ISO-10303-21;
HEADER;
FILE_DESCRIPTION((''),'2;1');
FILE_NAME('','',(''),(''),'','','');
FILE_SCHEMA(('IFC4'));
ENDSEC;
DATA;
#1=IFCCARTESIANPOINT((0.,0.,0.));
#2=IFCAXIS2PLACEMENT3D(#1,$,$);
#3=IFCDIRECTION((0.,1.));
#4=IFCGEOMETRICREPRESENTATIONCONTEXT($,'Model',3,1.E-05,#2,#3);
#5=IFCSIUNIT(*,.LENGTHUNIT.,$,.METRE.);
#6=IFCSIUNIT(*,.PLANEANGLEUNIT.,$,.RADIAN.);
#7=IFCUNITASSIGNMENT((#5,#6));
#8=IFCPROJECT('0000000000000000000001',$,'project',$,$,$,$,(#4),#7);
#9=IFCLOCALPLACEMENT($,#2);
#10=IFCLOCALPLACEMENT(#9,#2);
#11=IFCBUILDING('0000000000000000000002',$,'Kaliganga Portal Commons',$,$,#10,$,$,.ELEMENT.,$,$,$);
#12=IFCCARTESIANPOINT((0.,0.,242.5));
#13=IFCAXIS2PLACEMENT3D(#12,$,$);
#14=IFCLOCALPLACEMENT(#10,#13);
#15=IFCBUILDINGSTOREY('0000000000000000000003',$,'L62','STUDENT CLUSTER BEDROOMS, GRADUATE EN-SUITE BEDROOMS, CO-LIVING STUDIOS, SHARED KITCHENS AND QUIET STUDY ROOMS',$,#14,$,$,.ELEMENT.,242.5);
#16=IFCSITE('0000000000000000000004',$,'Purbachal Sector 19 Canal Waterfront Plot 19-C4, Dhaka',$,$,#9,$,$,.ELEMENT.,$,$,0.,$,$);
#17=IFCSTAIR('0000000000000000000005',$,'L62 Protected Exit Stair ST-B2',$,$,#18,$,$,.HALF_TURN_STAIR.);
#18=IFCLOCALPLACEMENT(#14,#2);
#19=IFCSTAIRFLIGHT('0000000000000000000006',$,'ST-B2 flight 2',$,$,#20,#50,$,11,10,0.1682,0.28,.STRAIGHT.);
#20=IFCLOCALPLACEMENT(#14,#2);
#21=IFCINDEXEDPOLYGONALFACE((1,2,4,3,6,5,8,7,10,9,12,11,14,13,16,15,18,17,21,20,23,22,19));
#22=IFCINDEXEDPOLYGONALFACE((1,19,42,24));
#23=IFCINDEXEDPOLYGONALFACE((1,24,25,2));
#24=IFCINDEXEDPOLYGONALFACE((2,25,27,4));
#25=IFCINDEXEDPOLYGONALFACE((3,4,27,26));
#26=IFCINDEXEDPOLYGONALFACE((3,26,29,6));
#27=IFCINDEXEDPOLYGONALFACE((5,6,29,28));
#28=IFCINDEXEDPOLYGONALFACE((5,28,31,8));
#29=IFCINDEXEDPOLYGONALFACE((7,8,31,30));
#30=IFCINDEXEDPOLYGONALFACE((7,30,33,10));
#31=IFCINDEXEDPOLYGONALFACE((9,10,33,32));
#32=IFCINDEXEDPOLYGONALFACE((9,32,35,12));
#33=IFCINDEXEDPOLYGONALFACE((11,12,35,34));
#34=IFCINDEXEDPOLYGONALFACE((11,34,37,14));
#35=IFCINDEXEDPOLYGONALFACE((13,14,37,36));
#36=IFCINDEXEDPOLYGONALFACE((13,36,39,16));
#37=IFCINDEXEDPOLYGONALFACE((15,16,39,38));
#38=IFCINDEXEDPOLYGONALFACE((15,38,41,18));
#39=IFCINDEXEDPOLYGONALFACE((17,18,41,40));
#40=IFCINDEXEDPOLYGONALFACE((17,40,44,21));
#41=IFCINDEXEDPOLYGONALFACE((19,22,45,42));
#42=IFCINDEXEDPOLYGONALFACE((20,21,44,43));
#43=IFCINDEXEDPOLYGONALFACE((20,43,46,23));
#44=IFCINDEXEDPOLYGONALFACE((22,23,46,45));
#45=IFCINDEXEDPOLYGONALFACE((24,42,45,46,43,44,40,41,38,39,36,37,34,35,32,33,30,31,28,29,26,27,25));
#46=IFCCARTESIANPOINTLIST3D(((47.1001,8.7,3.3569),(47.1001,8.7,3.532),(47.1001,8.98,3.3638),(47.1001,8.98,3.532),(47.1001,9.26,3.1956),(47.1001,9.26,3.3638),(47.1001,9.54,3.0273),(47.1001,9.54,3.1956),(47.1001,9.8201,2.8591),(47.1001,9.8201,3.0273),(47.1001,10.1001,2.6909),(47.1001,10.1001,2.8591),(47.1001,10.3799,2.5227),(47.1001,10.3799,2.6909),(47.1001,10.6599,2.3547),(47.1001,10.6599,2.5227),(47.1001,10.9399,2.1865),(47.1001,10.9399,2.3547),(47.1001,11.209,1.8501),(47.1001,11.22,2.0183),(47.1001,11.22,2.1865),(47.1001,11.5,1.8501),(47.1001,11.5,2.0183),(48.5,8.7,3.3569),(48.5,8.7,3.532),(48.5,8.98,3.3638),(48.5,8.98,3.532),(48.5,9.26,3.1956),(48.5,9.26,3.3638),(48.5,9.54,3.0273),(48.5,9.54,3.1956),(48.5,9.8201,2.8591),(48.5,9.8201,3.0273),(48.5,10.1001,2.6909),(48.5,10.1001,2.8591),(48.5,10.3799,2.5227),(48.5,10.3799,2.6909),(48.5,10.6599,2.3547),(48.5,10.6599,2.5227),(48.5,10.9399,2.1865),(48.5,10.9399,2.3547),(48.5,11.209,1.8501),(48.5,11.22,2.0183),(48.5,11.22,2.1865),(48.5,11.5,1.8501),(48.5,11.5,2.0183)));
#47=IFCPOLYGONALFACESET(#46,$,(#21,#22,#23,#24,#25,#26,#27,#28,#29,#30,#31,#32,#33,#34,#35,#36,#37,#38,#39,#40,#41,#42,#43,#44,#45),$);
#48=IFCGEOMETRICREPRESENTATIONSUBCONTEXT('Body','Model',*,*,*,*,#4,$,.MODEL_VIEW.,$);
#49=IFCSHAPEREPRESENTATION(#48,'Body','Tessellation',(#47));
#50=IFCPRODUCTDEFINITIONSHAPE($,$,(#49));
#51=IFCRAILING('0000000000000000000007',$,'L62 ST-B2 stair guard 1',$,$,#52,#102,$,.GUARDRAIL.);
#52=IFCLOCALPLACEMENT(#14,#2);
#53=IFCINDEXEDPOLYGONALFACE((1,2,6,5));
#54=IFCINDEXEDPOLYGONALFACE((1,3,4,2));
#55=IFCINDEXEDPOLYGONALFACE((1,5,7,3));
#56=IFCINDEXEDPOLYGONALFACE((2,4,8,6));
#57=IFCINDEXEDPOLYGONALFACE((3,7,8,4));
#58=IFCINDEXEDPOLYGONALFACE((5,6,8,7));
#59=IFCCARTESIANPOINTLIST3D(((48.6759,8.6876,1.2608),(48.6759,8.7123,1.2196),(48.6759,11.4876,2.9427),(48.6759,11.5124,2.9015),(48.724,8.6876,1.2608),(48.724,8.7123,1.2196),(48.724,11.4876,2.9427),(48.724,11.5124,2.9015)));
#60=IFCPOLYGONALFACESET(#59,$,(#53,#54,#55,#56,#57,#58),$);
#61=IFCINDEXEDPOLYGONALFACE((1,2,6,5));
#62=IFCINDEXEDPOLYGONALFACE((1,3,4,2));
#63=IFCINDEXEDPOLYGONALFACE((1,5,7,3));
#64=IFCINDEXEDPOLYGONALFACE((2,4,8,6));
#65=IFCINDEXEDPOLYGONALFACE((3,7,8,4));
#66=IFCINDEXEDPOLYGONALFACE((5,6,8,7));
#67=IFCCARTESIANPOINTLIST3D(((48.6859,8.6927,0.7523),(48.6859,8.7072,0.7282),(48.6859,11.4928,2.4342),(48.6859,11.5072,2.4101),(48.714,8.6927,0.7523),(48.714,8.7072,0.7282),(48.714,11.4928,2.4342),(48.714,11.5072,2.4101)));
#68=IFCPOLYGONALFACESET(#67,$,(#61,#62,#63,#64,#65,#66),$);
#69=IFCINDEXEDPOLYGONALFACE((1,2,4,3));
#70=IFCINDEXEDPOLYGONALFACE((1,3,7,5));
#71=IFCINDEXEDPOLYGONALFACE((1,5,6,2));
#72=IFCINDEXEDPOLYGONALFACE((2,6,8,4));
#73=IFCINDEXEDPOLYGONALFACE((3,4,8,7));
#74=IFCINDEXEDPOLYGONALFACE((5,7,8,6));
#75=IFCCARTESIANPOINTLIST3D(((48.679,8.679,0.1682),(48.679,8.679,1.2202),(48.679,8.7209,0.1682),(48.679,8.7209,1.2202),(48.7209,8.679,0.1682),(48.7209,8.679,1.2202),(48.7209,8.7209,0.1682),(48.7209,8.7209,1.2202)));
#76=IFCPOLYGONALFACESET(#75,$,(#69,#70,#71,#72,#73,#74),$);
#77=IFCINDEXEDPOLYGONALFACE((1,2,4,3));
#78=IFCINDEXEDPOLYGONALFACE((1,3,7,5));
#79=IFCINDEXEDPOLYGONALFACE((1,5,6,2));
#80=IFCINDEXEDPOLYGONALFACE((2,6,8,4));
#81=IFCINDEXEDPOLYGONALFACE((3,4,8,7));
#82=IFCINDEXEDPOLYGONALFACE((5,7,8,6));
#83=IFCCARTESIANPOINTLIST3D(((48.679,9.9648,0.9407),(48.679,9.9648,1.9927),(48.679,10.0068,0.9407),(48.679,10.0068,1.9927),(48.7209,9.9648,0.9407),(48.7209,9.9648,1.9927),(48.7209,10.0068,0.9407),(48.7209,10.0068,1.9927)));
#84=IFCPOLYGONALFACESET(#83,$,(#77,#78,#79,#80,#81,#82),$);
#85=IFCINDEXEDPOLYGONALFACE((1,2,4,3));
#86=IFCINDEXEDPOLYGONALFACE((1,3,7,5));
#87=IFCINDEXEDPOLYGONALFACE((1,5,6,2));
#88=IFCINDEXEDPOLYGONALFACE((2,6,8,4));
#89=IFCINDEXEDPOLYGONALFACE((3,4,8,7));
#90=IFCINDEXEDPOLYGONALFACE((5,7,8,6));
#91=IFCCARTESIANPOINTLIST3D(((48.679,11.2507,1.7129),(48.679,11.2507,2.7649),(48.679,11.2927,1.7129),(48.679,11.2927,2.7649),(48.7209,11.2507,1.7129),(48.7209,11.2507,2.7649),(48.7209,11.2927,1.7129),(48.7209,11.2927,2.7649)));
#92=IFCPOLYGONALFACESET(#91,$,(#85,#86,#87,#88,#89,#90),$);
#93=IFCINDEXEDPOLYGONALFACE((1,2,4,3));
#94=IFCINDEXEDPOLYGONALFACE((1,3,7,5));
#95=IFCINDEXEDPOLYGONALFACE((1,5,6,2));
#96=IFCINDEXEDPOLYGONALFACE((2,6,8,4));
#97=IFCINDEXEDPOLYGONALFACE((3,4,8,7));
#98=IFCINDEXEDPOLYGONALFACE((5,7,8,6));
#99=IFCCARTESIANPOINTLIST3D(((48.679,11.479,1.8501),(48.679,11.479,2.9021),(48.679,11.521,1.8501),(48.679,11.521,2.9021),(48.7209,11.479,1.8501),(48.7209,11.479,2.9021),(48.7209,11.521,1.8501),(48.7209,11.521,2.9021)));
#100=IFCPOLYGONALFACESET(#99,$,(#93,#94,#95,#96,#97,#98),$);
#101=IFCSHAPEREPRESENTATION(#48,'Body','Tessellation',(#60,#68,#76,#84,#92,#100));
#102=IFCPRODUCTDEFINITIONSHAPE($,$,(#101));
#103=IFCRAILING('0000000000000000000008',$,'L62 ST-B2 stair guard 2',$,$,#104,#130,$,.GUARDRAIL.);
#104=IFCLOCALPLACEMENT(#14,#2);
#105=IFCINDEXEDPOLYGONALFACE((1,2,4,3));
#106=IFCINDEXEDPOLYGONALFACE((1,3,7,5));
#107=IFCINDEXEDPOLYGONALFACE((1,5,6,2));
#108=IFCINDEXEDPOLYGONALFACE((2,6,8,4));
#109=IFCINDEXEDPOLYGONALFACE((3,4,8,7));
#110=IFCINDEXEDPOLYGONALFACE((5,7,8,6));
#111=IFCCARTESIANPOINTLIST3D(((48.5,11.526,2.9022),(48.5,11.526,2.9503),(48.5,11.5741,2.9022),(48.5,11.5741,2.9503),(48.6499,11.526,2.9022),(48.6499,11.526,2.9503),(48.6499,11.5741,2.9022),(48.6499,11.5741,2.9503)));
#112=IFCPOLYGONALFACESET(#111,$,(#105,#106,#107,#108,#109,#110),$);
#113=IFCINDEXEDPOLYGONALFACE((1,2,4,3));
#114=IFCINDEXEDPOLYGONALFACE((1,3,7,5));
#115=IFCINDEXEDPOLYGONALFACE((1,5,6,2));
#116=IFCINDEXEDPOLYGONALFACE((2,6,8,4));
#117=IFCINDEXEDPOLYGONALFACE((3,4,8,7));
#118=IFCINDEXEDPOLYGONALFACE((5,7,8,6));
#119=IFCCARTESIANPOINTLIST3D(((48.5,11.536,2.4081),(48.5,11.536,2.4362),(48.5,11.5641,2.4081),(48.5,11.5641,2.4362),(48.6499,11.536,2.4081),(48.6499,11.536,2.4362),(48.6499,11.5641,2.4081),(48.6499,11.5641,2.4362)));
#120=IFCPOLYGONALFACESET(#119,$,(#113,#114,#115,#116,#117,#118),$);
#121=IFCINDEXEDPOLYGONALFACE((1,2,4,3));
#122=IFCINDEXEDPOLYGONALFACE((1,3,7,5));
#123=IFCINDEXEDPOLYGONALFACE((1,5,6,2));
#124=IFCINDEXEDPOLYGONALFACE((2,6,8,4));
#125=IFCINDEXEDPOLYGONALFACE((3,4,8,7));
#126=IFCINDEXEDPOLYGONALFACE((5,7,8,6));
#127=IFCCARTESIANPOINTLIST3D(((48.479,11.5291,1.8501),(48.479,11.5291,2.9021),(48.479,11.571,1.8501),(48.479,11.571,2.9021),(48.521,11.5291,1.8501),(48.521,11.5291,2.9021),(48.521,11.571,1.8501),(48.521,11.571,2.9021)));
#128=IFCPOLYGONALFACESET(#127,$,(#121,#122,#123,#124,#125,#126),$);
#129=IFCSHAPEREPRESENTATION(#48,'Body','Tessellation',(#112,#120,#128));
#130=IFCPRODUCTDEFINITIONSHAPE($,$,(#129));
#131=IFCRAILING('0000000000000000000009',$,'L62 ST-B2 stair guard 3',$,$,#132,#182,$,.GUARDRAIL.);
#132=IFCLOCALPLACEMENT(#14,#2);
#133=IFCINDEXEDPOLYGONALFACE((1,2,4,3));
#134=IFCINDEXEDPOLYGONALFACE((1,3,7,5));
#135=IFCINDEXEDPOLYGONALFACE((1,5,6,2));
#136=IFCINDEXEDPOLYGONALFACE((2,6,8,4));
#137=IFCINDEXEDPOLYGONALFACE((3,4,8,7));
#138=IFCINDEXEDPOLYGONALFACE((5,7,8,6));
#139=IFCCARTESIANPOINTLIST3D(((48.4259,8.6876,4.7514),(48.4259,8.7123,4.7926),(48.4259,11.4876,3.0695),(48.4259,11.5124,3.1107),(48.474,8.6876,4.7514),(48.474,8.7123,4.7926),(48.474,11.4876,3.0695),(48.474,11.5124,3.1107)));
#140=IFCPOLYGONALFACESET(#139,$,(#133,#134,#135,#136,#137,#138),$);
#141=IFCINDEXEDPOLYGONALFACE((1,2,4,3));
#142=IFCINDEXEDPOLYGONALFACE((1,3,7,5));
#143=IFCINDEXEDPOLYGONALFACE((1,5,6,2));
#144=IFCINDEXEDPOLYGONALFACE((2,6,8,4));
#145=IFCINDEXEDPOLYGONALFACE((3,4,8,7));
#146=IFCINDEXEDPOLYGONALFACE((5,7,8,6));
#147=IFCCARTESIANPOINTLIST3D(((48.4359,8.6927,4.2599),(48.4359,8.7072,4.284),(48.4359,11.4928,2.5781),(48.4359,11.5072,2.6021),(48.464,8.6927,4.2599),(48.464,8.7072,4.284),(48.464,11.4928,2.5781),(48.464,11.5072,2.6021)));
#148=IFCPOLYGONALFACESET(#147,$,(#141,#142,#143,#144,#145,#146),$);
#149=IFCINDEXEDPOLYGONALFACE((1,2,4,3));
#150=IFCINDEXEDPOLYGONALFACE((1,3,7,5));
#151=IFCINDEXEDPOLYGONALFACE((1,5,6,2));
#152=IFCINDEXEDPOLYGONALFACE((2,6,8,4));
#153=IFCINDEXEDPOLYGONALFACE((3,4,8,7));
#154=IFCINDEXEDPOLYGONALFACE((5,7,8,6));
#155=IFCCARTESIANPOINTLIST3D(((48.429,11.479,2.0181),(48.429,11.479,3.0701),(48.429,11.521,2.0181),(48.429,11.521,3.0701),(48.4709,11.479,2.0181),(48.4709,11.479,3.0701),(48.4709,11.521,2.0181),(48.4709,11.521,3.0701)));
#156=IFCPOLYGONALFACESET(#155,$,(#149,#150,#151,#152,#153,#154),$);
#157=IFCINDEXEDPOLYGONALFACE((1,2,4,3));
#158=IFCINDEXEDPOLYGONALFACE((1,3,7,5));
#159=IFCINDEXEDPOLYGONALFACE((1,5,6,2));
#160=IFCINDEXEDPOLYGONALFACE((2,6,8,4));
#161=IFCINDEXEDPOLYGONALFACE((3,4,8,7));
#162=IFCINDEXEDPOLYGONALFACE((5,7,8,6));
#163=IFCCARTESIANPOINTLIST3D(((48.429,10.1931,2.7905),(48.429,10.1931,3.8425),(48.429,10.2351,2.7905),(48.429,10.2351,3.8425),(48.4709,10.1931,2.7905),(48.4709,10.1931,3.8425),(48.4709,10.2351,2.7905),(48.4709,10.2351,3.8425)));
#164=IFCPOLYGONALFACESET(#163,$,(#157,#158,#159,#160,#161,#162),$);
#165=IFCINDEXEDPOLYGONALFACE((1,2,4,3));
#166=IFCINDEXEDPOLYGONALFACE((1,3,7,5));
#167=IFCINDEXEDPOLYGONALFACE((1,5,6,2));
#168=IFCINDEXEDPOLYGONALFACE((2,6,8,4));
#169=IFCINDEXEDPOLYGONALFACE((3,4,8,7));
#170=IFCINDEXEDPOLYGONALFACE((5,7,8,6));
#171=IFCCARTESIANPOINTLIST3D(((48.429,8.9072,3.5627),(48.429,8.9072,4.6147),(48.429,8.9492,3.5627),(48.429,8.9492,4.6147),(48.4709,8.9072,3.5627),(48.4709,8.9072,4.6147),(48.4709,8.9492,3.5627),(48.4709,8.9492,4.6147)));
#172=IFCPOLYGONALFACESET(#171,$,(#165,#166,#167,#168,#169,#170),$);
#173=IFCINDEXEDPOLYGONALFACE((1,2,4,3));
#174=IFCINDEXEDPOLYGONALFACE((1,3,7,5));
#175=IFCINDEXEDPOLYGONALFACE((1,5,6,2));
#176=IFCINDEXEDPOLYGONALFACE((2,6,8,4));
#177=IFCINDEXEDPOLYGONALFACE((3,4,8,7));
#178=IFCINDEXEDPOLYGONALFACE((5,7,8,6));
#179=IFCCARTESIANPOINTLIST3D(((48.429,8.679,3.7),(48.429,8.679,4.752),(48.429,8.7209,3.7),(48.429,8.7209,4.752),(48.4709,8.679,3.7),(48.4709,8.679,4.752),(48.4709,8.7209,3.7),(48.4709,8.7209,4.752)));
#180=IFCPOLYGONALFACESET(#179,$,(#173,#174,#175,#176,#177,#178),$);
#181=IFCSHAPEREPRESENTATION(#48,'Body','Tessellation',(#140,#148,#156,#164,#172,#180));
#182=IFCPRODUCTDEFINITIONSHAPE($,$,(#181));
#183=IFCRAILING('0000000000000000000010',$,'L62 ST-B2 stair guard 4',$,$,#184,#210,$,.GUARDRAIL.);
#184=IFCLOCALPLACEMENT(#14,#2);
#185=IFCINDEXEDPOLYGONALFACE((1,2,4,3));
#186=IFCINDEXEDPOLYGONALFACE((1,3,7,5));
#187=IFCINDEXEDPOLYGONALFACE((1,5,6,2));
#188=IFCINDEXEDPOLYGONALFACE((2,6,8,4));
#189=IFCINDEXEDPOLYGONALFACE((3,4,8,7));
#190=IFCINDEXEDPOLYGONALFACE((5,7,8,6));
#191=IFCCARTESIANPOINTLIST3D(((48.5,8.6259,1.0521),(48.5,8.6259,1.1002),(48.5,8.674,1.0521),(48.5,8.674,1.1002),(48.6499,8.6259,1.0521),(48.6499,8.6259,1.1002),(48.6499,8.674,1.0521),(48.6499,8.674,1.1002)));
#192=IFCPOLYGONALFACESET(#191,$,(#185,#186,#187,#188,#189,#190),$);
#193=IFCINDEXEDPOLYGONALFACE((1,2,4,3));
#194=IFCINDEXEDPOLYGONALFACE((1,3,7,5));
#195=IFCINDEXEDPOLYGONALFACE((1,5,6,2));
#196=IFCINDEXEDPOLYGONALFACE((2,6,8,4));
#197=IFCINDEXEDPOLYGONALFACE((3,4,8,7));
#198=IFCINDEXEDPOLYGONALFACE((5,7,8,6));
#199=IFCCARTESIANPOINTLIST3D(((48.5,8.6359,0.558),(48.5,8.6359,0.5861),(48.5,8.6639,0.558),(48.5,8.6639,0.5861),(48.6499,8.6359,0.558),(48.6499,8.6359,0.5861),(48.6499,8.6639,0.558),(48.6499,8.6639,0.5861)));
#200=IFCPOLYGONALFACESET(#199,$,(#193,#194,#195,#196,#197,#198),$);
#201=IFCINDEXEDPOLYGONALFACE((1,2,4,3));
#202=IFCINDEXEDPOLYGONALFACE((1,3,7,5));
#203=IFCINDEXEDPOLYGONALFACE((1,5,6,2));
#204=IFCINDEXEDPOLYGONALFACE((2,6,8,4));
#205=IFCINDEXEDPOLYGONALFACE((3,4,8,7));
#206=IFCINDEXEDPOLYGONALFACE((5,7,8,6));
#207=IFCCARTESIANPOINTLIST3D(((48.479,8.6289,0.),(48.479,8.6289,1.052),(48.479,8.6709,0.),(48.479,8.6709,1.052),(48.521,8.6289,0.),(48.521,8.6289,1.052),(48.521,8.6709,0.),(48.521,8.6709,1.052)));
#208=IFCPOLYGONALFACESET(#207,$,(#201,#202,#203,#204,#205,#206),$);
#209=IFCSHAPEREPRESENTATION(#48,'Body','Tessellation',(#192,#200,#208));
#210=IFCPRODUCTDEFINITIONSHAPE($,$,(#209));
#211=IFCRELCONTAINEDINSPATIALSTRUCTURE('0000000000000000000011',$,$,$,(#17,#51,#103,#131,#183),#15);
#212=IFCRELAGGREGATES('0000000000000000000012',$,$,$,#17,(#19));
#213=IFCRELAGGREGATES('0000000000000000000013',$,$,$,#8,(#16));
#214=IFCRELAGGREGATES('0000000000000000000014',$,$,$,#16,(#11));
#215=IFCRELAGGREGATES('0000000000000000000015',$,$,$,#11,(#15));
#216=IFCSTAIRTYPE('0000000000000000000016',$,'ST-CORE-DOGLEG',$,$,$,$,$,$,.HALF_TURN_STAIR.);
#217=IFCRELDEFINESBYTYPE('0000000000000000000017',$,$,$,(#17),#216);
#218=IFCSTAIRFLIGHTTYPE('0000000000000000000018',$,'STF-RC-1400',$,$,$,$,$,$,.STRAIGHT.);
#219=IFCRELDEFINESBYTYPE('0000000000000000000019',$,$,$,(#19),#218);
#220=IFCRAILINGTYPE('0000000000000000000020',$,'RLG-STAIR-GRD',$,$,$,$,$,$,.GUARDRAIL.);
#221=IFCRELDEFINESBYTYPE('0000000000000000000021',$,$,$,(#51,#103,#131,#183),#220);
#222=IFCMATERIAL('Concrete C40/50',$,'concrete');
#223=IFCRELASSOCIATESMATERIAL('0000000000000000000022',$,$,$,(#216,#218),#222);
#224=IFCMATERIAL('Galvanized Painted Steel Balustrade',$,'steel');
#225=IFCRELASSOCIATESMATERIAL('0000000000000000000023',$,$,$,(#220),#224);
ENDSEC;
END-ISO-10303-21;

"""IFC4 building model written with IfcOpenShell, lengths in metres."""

from ifc_helpers import new_model, si_unit, direction, frame, origin, origin_2d, place, context, subcontext, project, spatial, polyline, rectangle, outline, extrude, material, type_object, element, aggregate, save


model = new_model("IFC4")

# Units and contexts
model_context = context("Model", 3, precision=1e-05, world=origin(), true_north=direction((0.0, 1.0)))
body_context = subcontext(model_context, "Body", "Model", "MODEL_VIEW")
ifc_project = project(units=[si_unit("LENGTHUNIT", "METRE"), si_unit("PLANEANGLEUNIT", "RADIAN")], contexts=[model_context])

# Site, building, storey
site_placement = place(None, origin())
site = spatial("IfcSite", under=ifc_project, at=site_placement, Name="Purbachal Sector 19 Canal Waterfront Plot 19-C4, Dhaka", CompositionType="ELEMENT", RefElevation=0.0)
building_placement = place(site_placement, origin())
building = spatial("IfcBuilding", under=site, at=building_placement, Name="Kaliganga Portal Commons", CompositionType="ELEMENT")
storey_placement = place(building_placement, frame((0.0, 0.0, 242.5)))
storey = spatial("IfcBuildingStorey", under=building, at=storey_placement, Name="L62", Description="STUDENT CLUSTER BEDROOMS, GRADUATE EN-SUITE BEDROOMS, CO-LIVING STUDIOS, SHARED KITCHENS AND QUIET STUDY ROOMS", CompositionType="ELEMENT", Elevation=242.5)

# Stair, stair flight
ifc_material_1 = material(Name="Concrete C40/50", Category="concrete")
stair_type = type_object("IfcStairType", Name="ST-CORE-DOGLEG", PredefinedType="HALF_TURN_STAIR", material=ifc_material_1)
stair_placement = place(storey_placement, origin())
stair = element("IfcStair", 1, at=stair_placement, inside=storey, type_object=stair_type, Name="L62 Protected Exit Stair ST-B2", PredefinedType="HALF_TURN_STAIR")
stair_flight_type = type_object("IfcStairFlightType", Name="STF-RC-1400", PredefinedType="STRAIGHT", material=ifc_material_1)
stair_flight_1_placement = place(storey_placement, frame((47.8, 11.5, 1.8501), z_axis=(0.0, 0.0, 1.0), x_axis=(0.0, -1.0, 0.0)))
stair_flight_1 = element("IfcStairFlight", 2, at=stair_flight_1_placement, type_object=stair_flight_type, Name="ST-B2 flight 2", NumberOfRisers=11, NumberOfTreads=10, PredefinedType="STRAIGHT", RiserHeight=0.1682, TreadLength=0.28, context=body_context, shape_type="SweptSolid", body=[
    extrude(outline(polyline([(0.0, 0.0), (0.0, 0.1682), (0.28, 0.1682), (0.28, 0.3364), (0.5601, 0.3364), (0.5601, 0.5046), (0.8401, 0.5046), (0.8401, 0.6726), (1.1201, 0.6726), (1.1201, 0.8408), (1.3999, 0.8408), (1.3999, 1.009), (1.6799, 1.009), (1.6799, 1.1772), (1.96, 1.1772), (1.96, 1.3455), (2.24, 1.3455), (2.24, 1.5137), (2.52, 1.5137), (2.52, 1.6819), (2.8, 1.6819), (2.8, 1.8501), (2.8, 1.5068), (0.291, 0.0), (0.0, 0.0)])), frame((0.0, 0.7, 0.0), z_axis=(0.0, -1.0, 0.0), x_axis=(1.0, 0.0, 0.0)), (0.0, 0.0, 1.0), 1.3999),
])
aggregate(stair, [stair_flight_1])

# Railings
ifc_material_2 = material(Name="Galvanized Painted Steel Balustrade", Category="steel")
railing_type_1 = type_object("IfcRailingType", Name="RLG-STAIR-GRD", PredefinedType="GUARDRAIL", material=ifc_material_2)
railing_1_placement = place(storey_placement, frame((48.7, 8.7, 0.1682)))
element("IfcRailing", 3, at=railing_1_placement, inside=storey, type_object=railing_type_1, Name="L62 ST-B2 stair guard 1", PredefinedType="GUARDRAIL", context=body_context, shape_type="SweptSolid", body=[
    extrude(rectangle(XDim=0.0481, YDim=0.0481, at=origin_2d()), frame((0.0, 0.0, 1.072), z_axis=(0.0, 0.857242, 0.514913), x_axis=(-1.0, 0.0, 0.0)), (0.0, 0.0, 1.0), 3.2664),
    extrude(rectangle(XDim=0.0281, YDim=0.0281, at=origin_2d()), frame((0.0, 0.0, 0.572), z_axis=(0.0, 0.857242, 0.514913), x_axis=(-1.0, 0.0, 0.0)), (0.0, 0.0, 1.0), 3.2664),
    extrude(rectangle(XDim=0.042, YDim=0.042, at=origin_2d()), origin(), (0.0, 0.0, 1.0), 1.052),
    extrude(rectangle(XDim=0.042, YDim=0.042, at=origin_2d()), frame((0.0, 1.2859, 0.7725)), (0.0, 0.0, 1.0), 1.052),
    extrude(rectangle(XDim=0.042, YDim=0.042, at=origin_2d()), frame((0.0, 2.5718, 1.5447)), (0.0, 0.0, 1.0), 1.052),
    extrude(rectangle(XDim=0.042, YDim=0.042, at=origin_2d()), frame((0.0, 2.8, 1.6819)), (0.0, 0.0, 1.0), 1.052),
])
railing_2_placement = place(storey_placement, frame((48.6499, 11.55, 1.8501)))
element("IfcRailing", 4, at=railing_2_placement, inside=storey, type_object=railing_type_1, Name="L62 ST-B2 stair guard 2", PredefinedType="GUARDRAIL", context=body_context, shape_type="SweptSolid", body=[
    extrude(rectangle(XDim=0.0481, YDim=0.0481, at=origin_2d()), frame((0.0, 0.0, 1.0762), z_axis=(-1.0, 0.0, 0.0), x_axis=(0.0, -1.0, 0.0)), (0.0, 0.0, 1.0), 0.1499),
    extrude(rectangle(XDim=0.0281, YDim=0.0281, at=origin_2d()), frame((0.0, 0.0, 0.572), z_axis=(-1.0, 0.0, 0.0), x_axis=(0.0, -1.0, 0.0)), (0.0, 0.0, 1.0), 0.1499),
    extrude(rectangle(XDim=0.042, YDim=0.042, at=origin_2d()), frame((-0.1499, 0.0, 0.0)), (0.0, 0.0, 1.0), 1.052),
])
railing_3_placement = place(storey_placement, frame((48.45, 11.5, 2.0181)))
element("IfcRailing", 5, at=railing_3_placement, inside=storey, type_object=railing_type_1, Name="L62 ST-B2 stair guard 3", PredefinedType="GUARDRAIL", context=body_context, shape_type="SweptSolid", body=[
    extrude(rectangle(XDim=0.0481, YDim=0.0481, at=origin_2d()), frame((0.0, 0.0, 1.072), z_axis=(0.0, -0.857242, 0.514913), x_axis=(1.0, 0.0, 0.0)), (0.0, 0.0, 1.0), 3.2664),
    extrude(rectangle(XDim=0.0281, YDim=0.0281, at=origin_2d()), frame((0.0, 0.0, 0.572), z_axis=(0.0, -0.857242, 0.514913), x_axis=(1.0, 0.0, 0.0)), (0.0, 0.0, 1.0), 3.2664),
    extrude(rectangle(XDim=0.042, YDim=0.042, at=origin_2d()), origin(), (0.0, 0.0, 1.0), 1.052),
    extrude(rectangle(XDim=0.042, YDim=0.042, at=origin_2d()), frame((0.0, -1.2859, 0.7725)), (0.0, 0.0, 1.0), 1.052),
    extrude(rectangle(XDim=0.042, YDim=0.042, at=origin_2d()), frame((0.0, -2.5718, 1.5447)), (0.0, 0.0, 1.0), 1.052),
    extrude(rectangle(XDim=0.042, YDim=0.042, at=origin_2d()), frame((0.0, -2.8, 1.6819)), (0.0, 0.0, 1.0), 1.052),
])
railing_4_placement = place(storey_placement, frame((48.6499, 8.6499, 0.0)))
element("IfcRailing", 6, at=railing_4_placement, inside=storey, type_object=railing_type_1, Name="L62 ST-B2 stair guard 4", PredefinedType="GUARDRAIL", context=body_context, shape_type="SweptSolid", body=[
    extrude(rectangle(XDim=0.0481, YDim=0.0481, at=origin_2d()), frame((0.0, 0.0, 1.0762), z_axis=(-1.0, 0.0, 0.0), x_axis=(0.0, -1.0, 0.0)), (0.0, 0.0, 1.0), 0.1499),
    extrude(rectangle(XDim=0.0281, YDim=0.0281, at=origin_2d()), frame((0.0, 0.0, 0.572), z_axis=(-1.0, 0.0, 0.0), x_axis=(0.0, -1.0, 0.0)), (0.0, 0.0, 1.0), 0.1499),
    extrude(rectangle(XDim=0.042, YDim=0.042, at=origin_2d()), frame((-0.1499, 0.0, 0.0)), (0.0, 0.0, 1.0), 1.052),
])

save(model, "model.ifc")
